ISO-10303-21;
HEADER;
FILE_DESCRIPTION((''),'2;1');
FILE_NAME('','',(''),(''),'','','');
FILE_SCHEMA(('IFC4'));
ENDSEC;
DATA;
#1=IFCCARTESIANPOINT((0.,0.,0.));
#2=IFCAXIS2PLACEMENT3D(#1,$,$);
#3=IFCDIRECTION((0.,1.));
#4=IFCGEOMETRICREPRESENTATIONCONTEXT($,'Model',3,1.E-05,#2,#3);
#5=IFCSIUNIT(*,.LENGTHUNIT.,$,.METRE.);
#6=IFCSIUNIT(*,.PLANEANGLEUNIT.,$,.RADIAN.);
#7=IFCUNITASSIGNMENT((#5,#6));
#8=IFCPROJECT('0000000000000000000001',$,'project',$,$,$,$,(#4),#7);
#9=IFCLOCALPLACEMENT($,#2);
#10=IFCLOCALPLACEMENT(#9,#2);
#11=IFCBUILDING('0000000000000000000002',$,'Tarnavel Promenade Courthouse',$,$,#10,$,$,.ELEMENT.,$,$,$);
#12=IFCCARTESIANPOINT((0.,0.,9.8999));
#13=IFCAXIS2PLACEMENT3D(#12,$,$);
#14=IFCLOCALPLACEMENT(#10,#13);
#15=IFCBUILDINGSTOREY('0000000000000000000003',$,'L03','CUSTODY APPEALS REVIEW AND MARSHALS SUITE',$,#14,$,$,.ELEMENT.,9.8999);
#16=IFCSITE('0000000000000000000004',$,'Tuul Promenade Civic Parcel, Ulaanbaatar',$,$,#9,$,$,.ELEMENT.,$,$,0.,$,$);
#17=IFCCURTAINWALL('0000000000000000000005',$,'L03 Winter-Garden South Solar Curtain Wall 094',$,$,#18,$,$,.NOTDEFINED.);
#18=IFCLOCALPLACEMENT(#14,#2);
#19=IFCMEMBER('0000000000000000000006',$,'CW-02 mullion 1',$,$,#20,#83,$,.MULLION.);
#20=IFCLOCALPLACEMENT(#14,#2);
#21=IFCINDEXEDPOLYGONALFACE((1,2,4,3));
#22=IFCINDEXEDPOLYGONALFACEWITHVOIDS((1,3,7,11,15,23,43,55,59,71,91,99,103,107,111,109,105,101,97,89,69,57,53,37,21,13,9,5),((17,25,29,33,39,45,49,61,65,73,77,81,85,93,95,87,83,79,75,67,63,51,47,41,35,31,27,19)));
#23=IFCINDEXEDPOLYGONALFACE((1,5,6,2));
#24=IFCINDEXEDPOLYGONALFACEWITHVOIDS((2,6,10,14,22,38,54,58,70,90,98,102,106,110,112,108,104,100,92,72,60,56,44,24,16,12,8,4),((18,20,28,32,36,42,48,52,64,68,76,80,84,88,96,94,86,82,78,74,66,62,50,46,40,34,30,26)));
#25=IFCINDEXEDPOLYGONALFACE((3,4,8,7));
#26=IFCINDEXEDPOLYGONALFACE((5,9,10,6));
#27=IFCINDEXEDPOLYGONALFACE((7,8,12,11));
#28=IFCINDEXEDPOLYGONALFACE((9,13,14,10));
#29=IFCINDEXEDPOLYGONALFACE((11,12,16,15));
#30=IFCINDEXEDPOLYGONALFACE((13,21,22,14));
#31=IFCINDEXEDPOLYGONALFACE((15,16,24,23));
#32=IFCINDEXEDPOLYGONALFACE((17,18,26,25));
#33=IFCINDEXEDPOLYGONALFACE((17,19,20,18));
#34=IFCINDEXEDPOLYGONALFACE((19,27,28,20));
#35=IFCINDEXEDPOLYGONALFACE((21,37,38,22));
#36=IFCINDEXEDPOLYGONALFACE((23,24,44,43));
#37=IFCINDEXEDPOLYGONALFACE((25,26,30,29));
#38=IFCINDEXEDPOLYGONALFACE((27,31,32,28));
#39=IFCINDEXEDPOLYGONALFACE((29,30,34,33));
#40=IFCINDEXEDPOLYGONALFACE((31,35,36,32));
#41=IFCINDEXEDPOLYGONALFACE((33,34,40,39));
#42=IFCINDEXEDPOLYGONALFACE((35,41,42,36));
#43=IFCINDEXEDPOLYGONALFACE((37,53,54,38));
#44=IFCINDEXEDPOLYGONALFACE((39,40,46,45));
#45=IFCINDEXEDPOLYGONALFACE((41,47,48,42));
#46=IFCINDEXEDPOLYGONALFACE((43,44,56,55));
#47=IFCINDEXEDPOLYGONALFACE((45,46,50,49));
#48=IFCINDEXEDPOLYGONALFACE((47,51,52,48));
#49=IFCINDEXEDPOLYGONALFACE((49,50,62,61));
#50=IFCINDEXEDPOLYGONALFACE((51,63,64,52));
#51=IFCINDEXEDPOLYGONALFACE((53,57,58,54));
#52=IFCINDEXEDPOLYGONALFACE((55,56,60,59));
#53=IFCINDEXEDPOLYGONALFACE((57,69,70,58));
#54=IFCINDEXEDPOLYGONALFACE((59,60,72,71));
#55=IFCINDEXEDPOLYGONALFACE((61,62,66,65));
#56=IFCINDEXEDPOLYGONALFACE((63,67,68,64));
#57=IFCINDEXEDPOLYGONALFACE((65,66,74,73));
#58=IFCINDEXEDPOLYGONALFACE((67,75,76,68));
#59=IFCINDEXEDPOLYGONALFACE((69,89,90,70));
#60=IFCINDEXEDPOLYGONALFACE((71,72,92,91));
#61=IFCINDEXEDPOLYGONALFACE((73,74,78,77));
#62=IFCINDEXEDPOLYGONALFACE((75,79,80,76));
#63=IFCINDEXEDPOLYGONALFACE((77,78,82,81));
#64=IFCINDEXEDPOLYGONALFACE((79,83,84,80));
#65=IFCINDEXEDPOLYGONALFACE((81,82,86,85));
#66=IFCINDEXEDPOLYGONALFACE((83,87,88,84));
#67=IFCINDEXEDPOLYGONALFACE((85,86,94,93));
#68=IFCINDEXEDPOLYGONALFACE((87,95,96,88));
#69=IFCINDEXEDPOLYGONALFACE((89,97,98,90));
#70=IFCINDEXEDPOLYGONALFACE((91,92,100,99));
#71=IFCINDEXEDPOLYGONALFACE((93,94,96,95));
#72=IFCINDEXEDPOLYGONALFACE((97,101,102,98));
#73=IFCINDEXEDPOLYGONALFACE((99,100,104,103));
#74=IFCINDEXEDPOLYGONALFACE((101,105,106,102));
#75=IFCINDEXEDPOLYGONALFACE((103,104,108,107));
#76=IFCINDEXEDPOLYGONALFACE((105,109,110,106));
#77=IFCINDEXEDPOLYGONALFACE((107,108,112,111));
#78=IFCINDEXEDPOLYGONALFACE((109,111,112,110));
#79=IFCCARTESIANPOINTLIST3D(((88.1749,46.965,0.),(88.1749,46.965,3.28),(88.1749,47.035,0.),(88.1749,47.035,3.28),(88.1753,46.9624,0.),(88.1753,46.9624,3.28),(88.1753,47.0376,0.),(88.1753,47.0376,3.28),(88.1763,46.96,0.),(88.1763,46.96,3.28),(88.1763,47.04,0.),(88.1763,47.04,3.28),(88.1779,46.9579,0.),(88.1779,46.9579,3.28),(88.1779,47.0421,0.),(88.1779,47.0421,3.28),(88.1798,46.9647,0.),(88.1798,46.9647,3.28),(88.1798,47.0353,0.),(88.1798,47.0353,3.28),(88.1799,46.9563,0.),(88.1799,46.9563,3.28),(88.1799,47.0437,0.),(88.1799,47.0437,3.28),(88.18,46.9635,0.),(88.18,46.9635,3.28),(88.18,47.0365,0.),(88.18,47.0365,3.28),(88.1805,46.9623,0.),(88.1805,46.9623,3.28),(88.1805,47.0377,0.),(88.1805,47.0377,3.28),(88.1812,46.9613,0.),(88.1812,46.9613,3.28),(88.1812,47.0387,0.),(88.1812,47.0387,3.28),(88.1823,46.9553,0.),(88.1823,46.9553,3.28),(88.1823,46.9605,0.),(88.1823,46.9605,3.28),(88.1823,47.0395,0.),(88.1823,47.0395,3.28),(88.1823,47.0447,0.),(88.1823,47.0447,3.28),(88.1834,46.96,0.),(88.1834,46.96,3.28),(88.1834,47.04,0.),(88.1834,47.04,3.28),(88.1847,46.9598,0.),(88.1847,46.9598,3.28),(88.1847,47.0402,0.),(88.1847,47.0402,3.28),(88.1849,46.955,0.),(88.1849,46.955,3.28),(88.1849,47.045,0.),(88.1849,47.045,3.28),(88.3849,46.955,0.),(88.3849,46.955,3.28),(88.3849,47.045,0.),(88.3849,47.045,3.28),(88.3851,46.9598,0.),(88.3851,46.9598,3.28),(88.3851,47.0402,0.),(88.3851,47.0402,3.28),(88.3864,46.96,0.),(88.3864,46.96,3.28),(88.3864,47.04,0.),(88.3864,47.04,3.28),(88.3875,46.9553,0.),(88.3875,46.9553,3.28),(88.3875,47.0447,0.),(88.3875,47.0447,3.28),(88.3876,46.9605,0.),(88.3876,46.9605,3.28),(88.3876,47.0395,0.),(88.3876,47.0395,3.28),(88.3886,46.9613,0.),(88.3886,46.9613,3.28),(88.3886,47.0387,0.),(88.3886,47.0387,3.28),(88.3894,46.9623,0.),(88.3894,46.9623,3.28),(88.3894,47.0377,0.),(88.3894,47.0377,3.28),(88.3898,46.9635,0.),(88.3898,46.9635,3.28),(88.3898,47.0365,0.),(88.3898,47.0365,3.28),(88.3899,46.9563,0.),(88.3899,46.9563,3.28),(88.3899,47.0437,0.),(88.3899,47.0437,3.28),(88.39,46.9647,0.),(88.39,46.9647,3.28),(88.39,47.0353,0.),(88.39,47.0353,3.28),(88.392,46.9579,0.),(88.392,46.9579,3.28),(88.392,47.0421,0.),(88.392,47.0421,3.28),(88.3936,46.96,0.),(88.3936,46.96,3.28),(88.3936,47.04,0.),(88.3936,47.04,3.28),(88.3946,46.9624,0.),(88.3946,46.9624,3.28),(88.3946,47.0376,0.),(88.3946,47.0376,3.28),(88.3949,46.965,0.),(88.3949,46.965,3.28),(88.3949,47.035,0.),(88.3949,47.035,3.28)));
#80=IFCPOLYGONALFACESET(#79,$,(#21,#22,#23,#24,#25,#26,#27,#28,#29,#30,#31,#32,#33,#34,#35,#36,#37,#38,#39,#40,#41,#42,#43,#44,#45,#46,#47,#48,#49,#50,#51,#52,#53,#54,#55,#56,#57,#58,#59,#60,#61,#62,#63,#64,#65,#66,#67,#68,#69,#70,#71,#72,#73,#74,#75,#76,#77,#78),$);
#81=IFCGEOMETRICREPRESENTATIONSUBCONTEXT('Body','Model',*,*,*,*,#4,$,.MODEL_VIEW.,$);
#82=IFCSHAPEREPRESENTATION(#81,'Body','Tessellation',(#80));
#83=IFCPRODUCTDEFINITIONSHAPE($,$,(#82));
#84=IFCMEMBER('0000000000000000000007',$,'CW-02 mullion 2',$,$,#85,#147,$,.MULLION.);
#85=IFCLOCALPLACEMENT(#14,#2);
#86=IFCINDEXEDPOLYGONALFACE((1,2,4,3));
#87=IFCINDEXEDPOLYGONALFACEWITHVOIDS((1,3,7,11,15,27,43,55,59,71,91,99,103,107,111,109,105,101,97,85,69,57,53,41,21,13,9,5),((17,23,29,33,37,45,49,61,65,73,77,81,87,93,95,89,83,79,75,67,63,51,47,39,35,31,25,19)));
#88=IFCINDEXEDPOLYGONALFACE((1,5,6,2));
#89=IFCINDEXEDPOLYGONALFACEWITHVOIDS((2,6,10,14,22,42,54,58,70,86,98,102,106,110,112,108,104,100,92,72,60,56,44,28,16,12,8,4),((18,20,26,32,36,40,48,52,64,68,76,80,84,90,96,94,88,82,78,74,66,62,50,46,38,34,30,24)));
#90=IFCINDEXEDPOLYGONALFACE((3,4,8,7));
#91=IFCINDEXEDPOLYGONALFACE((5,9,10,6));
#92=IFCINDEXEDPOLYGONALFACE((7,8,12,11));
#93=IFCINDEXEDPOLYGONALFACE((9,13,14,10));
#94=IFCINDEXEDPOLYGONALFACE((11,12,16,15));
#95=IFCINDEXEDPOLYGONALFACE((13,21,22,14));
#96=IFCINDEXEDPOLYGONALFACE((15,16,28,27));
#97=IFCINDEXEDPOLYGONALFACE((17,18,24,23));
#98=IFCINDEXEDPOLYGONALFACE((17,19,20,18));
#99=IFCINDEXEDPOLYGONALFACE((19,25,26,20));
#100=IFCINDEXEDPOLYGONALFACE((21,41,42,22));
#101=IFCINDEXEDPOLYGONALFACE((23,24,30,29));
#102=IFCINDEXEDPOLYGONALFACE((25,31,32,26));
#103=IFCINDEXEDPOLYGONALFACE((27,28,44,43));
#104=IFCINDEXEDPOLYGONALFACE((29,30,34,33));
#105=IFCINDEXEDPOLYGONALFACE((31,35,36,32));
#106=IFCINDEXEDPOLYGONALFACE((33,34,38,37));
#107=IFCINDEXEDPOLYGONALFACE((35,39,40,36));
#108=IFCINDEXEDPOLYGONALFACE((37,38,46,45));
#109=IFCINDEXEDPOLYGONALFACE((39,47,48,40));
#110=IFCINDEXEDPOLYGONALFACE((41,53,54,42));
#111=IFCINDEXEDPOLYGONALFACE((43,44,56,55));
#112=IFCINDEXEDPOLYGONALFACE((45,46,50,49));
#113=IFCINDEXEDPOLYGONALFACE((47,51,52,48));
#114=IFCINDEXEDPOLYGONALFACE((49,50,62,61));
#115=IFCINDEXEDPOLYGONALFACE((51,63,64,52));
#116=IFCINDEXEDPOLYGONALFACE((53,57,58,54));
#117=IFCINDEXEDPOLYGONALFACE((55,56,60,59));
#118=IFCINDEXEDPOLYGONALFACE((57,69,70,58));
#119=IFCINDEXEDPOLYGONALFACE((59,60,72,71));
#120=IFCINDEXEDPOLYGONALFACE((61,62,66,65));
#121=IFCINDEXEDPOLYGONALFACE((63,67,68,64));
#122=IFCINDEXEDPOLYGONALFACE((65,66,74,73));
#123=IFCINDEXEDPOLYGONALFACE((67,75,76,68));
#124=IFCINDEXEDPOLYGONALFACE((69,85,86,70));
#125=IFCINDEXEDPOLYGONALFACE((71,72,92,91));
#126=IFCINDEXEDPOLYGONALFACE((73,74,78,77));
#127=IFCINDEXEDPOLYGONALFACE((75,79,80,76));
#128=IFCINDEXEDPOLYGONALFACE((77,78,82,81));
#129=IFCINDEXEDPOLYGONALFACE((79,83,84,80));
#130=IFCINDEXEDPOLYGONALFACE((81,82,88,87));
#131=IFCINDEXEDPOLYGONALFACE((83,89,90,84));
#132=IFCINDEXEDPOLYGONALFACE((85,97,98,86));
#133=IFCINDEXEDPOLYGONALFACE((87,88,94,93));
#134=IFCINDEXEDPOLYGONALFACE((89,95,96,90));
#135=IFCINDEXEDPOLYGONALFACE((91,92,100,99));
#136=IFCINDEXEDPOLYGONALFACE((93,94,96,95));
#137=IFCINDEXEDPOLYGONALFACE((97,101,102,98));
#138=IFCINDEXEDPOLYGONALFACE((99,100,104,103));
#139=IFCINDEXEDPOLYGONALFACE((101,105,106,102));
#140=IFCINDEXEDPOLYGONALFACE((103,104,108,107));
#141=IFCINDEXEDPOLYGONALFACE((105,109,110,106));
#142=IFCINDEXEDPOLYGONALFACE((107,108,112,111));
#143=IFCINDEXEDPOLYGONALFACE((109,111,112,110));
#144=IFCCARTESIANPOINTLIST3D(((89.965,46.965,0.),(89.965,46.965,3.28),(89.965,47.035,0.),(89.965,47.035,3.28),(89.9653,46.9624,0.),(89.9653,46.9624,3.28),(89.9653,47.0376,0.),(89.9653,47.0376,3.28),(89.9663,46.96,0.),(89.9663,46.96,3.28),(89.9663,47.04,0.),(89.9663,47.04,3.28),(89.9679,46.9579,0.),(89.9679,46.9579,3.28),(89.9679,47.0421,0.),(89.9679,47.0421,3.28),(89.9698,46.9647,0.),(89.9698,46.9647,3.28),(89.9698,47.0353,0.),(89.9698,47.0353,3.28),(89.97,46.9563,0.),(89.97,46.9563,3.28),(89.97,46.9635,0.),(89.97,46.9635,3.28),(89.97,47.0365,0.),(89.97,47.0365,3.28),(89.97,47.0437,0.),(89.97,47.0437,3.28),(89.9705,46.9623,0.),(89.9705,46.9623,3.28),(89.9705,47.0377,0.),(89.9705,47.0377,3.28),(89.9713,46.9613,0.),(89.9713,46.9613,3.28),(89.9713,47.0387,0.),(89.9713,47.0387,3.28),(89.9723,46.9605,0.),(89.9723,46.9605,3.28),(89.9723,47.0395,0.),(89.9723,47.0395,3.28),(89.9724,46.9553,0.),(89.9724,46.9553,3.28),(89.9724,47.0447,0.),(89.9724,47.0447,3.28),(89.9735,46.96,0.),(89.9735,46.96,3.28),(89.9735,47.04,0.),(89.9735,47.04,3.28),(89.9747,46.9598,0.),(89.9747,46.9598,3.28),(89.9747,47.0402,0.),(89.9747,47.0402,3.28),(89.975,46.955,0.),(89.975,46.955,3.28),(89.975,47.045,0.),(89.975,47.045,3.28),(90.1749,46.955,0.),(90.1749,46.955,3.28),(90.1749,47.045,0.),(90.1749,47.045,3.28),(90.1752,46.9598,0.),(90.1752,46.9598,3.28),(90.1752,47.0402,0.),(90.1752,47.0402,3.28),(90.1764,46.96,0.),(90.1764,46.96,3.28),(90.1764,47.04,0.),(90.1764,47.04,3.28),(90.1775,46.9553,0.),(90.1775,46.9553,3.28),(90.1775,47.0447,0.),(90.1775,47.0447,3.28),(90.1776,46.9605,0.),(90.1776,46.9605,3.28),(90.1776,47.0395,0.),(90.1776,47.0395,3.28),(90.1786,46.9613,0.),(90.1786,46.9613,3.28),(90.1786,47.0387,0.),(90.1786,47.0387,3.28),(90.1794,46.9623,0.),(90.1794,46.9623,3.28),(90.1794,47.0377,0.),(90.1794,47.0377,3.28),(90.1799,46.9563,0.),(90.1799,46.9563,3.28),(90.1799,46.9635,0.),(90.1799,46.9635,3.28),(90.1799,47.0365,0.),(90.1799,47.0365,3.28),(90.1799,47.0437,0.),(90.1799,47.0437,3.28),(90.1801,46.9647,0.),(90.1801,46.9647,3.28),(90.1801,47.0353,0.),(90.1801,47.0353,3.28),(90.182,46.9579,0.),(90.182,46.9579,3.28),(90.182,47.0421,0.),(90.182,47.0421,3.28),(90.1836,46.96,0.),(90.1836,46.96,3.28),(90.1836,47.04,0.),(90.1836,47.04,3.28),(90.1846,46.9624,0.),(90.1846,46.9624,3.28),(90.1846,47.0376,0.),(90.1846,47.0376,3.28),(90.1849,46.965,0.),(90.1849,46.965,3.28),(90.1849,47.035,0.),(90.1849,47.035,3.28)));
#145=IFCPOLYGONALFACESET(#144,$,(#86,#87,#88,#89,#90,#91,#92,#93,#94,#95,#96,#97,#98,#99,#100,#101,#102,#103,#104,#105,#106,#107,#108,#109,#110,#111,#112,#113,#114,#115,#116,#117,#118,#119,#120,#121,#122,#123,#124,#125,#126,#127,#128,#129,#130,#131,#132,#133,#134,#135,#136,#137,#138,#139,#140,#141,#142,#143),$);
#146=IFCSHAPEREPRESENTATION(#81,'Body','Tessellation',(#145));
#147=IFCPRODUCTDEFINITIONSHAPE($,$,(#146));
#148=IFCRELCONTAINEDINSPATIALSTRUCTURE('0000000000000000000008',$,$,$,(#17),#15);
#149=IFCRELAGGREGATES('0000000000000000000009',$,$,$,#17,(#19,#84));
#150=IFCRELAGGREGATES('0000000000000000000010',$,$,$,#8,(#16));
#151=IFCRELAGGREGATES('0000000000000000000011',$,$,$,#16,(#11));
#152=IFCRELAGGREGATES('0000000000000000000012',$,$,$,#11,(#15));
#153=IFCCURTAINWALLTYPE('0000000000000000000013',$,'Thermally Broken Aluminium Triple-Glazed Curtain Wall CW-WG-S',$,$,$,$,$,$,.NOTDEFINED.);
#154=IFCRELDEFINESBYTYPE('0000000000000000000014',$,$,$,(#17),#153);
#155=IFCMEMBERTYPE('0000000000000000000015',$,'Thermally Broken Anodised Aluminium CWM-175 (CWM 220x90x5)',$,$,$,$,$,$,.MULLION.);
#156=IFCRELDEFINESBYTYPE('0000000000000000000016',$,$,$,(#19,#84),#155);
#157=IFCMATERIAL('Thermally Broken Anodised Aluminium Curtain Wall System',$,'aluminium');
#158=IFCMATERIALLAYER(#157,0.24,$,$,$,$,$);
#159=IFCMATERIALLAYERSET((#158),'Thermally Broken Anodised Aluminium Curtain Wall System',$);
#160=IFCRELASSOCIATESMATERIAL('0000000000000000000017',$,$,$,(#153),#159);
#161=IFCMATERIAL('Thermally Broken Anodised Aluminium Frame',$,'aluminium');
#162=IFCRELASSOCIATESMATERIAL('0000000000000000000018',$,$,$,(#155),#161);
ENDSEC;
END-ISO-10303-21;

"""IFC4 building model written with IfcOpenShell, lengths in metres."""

from ifc_helpers import new_model, si_unit, direction, frame, origin, origin_2d, place, context, subcontext, project, spatial, hollow_rectangle, extrude, material, layer, layer_set, material_profile, profile_set, type_object, element, aggregate, save


model = new_model("IFC4")

# Units and contexts
model_context = context("Model", 3, precision=1e-05, world=origin(), true_north=direction((0.0, 1.0)))
body_context = subcontext(model_context, "Body", "Model", "MODEL_VIEW")
ifc_project = project(units=[si_unit("LENGTHUNIT", "METRE"), si_unit("PLANEANGLEUNIT", "RADIAN")], contexts=[model_context])

# Site, building, storey
site_placement = place(None, origin())
site = spatial("IfcSite", under=ifc_project, at=site_placement, Name="Tuul Promenade Civic Parcel, Ulaanbaatar", CompositionType="ELEMENT", RefElevation=0.0)
building_placement = place(site_placement, origin())
building = spatial("IfcBuilding", under=site, at=building_placement, Name="Tarnavel Promenade Courthouse", CompositionType="ELEMENT")
storey_placement = place(building_placement, frame((0.0, 0.0, 9.8999)))
storey = spatial("IfcBuildingStorey", under=building, at=storey_placement, Name="L03", Description="CUSTODY APPEALS REVIEW AND MARSHALS SUITE", CompositionType="ELEMENT", Elevation=9.8999)

# Curtain wall, members
ifc_material_1 = material(Name="Thermally Broken Anodised Aluminium Curtain Wall System", Category="aluminium")
ifc_layer_1 = layer(ifc_material_1, 0.24)
ifc_layer_set_1 = layer_set([ifc_layer_1], Name="Thermally Broken Anodised Aluminium Curtain Wall System")
curtain_wall_type = type_object("IfcCurtainWallType", Name="Thermally Broken Aluminium Triple-Glazed Curtain Wall CW-WG-S", PredefinedType="NOTDEFINED", material=ifc_layer_set_1)
ifc_material_2 = material(Name="Thermally Broken Anodised Aluminium Frame", Category="aluminium")
ifc_material_profile_1 = material_profile(ifc_material_2, hollow_rectangle(XDim=0.0901, YDim=0.22, WallThickness=0.0049, InnerFilletRadius=0.0049, OuterFilletRadius=0.01, at=origin_2d()), Name="CWM 220x90x5")
ifc_profile_set_1 = profile_set([ifc_material_profile_1], Name="Thermally Broken Anodised Aluminium Frame")
member_type_1 = type_object("IfcMemberType", Name="Thermally Broken Anodised Aluminium CWM-175 (CWM 220x90x5)", PredefinedType="MULLION", material=ifc_profile_set_1)
curtain_wall_1_placement = place(storey_placement, origin())
curtain_wall_1 = element("IfcCurtainWall", 1, at=curtain_wall_1_placement, inside=storey, type_object=curtain_wall_type, Name="L03 Winter-Garden South Solar Curtain Wall 094", PredefinedType="NOTDEFINED")
member_1_placement = place(storey_placement, frame((88.2849, 47.0, 0.0), z_axis=(0.0, 0.0, 1.0), x_axis=(0.0, 1.0, 0.0)))
member_1 = element("IfcMember", 2, at=member_1_placement, type_object=member_type_1, Name="CW-02 mullion 1", PredefinedType="MULLION", context=body_context, shape_type="SweptSolid", body=[
    extrude(hollow_rectangle(XDim=0.0901, YDim=0.22, WallThickness=0.0049, InnerFilletRadius=0.0049, OuterFilletRadius=0.01, at=origin_2d()), origin(), (0.0, 0.0, 1.0), 3.28),
])
member_2_placement = place(storey_placement, frame((90.075, 47.0, 0.0), z_axis=(0.0, 0.0, 1.0), x_axis=(0.0, 1.0, 0.0)))
member_2 = element("IfcMember", 3, at=member_2_placement, type_object=member_type_1, Name="CW-02 mullion 2", PredefinedType="MULLION", context=body_context, shape_type="SweptSolid", body=[
    extrude(hollow_rectangle(XDim=0.0901, YDim=0.22, WallThickness=0.0049, InnerFilletRadius=0.0049, OuterFilletRadius=0.01, at=origin_2d()), origin(), (0.0, 0.0, 1.0), 3.28),
])

aggregate(curtain_wall_1, [member_1, member_2])

save(model, "model.ifc")
